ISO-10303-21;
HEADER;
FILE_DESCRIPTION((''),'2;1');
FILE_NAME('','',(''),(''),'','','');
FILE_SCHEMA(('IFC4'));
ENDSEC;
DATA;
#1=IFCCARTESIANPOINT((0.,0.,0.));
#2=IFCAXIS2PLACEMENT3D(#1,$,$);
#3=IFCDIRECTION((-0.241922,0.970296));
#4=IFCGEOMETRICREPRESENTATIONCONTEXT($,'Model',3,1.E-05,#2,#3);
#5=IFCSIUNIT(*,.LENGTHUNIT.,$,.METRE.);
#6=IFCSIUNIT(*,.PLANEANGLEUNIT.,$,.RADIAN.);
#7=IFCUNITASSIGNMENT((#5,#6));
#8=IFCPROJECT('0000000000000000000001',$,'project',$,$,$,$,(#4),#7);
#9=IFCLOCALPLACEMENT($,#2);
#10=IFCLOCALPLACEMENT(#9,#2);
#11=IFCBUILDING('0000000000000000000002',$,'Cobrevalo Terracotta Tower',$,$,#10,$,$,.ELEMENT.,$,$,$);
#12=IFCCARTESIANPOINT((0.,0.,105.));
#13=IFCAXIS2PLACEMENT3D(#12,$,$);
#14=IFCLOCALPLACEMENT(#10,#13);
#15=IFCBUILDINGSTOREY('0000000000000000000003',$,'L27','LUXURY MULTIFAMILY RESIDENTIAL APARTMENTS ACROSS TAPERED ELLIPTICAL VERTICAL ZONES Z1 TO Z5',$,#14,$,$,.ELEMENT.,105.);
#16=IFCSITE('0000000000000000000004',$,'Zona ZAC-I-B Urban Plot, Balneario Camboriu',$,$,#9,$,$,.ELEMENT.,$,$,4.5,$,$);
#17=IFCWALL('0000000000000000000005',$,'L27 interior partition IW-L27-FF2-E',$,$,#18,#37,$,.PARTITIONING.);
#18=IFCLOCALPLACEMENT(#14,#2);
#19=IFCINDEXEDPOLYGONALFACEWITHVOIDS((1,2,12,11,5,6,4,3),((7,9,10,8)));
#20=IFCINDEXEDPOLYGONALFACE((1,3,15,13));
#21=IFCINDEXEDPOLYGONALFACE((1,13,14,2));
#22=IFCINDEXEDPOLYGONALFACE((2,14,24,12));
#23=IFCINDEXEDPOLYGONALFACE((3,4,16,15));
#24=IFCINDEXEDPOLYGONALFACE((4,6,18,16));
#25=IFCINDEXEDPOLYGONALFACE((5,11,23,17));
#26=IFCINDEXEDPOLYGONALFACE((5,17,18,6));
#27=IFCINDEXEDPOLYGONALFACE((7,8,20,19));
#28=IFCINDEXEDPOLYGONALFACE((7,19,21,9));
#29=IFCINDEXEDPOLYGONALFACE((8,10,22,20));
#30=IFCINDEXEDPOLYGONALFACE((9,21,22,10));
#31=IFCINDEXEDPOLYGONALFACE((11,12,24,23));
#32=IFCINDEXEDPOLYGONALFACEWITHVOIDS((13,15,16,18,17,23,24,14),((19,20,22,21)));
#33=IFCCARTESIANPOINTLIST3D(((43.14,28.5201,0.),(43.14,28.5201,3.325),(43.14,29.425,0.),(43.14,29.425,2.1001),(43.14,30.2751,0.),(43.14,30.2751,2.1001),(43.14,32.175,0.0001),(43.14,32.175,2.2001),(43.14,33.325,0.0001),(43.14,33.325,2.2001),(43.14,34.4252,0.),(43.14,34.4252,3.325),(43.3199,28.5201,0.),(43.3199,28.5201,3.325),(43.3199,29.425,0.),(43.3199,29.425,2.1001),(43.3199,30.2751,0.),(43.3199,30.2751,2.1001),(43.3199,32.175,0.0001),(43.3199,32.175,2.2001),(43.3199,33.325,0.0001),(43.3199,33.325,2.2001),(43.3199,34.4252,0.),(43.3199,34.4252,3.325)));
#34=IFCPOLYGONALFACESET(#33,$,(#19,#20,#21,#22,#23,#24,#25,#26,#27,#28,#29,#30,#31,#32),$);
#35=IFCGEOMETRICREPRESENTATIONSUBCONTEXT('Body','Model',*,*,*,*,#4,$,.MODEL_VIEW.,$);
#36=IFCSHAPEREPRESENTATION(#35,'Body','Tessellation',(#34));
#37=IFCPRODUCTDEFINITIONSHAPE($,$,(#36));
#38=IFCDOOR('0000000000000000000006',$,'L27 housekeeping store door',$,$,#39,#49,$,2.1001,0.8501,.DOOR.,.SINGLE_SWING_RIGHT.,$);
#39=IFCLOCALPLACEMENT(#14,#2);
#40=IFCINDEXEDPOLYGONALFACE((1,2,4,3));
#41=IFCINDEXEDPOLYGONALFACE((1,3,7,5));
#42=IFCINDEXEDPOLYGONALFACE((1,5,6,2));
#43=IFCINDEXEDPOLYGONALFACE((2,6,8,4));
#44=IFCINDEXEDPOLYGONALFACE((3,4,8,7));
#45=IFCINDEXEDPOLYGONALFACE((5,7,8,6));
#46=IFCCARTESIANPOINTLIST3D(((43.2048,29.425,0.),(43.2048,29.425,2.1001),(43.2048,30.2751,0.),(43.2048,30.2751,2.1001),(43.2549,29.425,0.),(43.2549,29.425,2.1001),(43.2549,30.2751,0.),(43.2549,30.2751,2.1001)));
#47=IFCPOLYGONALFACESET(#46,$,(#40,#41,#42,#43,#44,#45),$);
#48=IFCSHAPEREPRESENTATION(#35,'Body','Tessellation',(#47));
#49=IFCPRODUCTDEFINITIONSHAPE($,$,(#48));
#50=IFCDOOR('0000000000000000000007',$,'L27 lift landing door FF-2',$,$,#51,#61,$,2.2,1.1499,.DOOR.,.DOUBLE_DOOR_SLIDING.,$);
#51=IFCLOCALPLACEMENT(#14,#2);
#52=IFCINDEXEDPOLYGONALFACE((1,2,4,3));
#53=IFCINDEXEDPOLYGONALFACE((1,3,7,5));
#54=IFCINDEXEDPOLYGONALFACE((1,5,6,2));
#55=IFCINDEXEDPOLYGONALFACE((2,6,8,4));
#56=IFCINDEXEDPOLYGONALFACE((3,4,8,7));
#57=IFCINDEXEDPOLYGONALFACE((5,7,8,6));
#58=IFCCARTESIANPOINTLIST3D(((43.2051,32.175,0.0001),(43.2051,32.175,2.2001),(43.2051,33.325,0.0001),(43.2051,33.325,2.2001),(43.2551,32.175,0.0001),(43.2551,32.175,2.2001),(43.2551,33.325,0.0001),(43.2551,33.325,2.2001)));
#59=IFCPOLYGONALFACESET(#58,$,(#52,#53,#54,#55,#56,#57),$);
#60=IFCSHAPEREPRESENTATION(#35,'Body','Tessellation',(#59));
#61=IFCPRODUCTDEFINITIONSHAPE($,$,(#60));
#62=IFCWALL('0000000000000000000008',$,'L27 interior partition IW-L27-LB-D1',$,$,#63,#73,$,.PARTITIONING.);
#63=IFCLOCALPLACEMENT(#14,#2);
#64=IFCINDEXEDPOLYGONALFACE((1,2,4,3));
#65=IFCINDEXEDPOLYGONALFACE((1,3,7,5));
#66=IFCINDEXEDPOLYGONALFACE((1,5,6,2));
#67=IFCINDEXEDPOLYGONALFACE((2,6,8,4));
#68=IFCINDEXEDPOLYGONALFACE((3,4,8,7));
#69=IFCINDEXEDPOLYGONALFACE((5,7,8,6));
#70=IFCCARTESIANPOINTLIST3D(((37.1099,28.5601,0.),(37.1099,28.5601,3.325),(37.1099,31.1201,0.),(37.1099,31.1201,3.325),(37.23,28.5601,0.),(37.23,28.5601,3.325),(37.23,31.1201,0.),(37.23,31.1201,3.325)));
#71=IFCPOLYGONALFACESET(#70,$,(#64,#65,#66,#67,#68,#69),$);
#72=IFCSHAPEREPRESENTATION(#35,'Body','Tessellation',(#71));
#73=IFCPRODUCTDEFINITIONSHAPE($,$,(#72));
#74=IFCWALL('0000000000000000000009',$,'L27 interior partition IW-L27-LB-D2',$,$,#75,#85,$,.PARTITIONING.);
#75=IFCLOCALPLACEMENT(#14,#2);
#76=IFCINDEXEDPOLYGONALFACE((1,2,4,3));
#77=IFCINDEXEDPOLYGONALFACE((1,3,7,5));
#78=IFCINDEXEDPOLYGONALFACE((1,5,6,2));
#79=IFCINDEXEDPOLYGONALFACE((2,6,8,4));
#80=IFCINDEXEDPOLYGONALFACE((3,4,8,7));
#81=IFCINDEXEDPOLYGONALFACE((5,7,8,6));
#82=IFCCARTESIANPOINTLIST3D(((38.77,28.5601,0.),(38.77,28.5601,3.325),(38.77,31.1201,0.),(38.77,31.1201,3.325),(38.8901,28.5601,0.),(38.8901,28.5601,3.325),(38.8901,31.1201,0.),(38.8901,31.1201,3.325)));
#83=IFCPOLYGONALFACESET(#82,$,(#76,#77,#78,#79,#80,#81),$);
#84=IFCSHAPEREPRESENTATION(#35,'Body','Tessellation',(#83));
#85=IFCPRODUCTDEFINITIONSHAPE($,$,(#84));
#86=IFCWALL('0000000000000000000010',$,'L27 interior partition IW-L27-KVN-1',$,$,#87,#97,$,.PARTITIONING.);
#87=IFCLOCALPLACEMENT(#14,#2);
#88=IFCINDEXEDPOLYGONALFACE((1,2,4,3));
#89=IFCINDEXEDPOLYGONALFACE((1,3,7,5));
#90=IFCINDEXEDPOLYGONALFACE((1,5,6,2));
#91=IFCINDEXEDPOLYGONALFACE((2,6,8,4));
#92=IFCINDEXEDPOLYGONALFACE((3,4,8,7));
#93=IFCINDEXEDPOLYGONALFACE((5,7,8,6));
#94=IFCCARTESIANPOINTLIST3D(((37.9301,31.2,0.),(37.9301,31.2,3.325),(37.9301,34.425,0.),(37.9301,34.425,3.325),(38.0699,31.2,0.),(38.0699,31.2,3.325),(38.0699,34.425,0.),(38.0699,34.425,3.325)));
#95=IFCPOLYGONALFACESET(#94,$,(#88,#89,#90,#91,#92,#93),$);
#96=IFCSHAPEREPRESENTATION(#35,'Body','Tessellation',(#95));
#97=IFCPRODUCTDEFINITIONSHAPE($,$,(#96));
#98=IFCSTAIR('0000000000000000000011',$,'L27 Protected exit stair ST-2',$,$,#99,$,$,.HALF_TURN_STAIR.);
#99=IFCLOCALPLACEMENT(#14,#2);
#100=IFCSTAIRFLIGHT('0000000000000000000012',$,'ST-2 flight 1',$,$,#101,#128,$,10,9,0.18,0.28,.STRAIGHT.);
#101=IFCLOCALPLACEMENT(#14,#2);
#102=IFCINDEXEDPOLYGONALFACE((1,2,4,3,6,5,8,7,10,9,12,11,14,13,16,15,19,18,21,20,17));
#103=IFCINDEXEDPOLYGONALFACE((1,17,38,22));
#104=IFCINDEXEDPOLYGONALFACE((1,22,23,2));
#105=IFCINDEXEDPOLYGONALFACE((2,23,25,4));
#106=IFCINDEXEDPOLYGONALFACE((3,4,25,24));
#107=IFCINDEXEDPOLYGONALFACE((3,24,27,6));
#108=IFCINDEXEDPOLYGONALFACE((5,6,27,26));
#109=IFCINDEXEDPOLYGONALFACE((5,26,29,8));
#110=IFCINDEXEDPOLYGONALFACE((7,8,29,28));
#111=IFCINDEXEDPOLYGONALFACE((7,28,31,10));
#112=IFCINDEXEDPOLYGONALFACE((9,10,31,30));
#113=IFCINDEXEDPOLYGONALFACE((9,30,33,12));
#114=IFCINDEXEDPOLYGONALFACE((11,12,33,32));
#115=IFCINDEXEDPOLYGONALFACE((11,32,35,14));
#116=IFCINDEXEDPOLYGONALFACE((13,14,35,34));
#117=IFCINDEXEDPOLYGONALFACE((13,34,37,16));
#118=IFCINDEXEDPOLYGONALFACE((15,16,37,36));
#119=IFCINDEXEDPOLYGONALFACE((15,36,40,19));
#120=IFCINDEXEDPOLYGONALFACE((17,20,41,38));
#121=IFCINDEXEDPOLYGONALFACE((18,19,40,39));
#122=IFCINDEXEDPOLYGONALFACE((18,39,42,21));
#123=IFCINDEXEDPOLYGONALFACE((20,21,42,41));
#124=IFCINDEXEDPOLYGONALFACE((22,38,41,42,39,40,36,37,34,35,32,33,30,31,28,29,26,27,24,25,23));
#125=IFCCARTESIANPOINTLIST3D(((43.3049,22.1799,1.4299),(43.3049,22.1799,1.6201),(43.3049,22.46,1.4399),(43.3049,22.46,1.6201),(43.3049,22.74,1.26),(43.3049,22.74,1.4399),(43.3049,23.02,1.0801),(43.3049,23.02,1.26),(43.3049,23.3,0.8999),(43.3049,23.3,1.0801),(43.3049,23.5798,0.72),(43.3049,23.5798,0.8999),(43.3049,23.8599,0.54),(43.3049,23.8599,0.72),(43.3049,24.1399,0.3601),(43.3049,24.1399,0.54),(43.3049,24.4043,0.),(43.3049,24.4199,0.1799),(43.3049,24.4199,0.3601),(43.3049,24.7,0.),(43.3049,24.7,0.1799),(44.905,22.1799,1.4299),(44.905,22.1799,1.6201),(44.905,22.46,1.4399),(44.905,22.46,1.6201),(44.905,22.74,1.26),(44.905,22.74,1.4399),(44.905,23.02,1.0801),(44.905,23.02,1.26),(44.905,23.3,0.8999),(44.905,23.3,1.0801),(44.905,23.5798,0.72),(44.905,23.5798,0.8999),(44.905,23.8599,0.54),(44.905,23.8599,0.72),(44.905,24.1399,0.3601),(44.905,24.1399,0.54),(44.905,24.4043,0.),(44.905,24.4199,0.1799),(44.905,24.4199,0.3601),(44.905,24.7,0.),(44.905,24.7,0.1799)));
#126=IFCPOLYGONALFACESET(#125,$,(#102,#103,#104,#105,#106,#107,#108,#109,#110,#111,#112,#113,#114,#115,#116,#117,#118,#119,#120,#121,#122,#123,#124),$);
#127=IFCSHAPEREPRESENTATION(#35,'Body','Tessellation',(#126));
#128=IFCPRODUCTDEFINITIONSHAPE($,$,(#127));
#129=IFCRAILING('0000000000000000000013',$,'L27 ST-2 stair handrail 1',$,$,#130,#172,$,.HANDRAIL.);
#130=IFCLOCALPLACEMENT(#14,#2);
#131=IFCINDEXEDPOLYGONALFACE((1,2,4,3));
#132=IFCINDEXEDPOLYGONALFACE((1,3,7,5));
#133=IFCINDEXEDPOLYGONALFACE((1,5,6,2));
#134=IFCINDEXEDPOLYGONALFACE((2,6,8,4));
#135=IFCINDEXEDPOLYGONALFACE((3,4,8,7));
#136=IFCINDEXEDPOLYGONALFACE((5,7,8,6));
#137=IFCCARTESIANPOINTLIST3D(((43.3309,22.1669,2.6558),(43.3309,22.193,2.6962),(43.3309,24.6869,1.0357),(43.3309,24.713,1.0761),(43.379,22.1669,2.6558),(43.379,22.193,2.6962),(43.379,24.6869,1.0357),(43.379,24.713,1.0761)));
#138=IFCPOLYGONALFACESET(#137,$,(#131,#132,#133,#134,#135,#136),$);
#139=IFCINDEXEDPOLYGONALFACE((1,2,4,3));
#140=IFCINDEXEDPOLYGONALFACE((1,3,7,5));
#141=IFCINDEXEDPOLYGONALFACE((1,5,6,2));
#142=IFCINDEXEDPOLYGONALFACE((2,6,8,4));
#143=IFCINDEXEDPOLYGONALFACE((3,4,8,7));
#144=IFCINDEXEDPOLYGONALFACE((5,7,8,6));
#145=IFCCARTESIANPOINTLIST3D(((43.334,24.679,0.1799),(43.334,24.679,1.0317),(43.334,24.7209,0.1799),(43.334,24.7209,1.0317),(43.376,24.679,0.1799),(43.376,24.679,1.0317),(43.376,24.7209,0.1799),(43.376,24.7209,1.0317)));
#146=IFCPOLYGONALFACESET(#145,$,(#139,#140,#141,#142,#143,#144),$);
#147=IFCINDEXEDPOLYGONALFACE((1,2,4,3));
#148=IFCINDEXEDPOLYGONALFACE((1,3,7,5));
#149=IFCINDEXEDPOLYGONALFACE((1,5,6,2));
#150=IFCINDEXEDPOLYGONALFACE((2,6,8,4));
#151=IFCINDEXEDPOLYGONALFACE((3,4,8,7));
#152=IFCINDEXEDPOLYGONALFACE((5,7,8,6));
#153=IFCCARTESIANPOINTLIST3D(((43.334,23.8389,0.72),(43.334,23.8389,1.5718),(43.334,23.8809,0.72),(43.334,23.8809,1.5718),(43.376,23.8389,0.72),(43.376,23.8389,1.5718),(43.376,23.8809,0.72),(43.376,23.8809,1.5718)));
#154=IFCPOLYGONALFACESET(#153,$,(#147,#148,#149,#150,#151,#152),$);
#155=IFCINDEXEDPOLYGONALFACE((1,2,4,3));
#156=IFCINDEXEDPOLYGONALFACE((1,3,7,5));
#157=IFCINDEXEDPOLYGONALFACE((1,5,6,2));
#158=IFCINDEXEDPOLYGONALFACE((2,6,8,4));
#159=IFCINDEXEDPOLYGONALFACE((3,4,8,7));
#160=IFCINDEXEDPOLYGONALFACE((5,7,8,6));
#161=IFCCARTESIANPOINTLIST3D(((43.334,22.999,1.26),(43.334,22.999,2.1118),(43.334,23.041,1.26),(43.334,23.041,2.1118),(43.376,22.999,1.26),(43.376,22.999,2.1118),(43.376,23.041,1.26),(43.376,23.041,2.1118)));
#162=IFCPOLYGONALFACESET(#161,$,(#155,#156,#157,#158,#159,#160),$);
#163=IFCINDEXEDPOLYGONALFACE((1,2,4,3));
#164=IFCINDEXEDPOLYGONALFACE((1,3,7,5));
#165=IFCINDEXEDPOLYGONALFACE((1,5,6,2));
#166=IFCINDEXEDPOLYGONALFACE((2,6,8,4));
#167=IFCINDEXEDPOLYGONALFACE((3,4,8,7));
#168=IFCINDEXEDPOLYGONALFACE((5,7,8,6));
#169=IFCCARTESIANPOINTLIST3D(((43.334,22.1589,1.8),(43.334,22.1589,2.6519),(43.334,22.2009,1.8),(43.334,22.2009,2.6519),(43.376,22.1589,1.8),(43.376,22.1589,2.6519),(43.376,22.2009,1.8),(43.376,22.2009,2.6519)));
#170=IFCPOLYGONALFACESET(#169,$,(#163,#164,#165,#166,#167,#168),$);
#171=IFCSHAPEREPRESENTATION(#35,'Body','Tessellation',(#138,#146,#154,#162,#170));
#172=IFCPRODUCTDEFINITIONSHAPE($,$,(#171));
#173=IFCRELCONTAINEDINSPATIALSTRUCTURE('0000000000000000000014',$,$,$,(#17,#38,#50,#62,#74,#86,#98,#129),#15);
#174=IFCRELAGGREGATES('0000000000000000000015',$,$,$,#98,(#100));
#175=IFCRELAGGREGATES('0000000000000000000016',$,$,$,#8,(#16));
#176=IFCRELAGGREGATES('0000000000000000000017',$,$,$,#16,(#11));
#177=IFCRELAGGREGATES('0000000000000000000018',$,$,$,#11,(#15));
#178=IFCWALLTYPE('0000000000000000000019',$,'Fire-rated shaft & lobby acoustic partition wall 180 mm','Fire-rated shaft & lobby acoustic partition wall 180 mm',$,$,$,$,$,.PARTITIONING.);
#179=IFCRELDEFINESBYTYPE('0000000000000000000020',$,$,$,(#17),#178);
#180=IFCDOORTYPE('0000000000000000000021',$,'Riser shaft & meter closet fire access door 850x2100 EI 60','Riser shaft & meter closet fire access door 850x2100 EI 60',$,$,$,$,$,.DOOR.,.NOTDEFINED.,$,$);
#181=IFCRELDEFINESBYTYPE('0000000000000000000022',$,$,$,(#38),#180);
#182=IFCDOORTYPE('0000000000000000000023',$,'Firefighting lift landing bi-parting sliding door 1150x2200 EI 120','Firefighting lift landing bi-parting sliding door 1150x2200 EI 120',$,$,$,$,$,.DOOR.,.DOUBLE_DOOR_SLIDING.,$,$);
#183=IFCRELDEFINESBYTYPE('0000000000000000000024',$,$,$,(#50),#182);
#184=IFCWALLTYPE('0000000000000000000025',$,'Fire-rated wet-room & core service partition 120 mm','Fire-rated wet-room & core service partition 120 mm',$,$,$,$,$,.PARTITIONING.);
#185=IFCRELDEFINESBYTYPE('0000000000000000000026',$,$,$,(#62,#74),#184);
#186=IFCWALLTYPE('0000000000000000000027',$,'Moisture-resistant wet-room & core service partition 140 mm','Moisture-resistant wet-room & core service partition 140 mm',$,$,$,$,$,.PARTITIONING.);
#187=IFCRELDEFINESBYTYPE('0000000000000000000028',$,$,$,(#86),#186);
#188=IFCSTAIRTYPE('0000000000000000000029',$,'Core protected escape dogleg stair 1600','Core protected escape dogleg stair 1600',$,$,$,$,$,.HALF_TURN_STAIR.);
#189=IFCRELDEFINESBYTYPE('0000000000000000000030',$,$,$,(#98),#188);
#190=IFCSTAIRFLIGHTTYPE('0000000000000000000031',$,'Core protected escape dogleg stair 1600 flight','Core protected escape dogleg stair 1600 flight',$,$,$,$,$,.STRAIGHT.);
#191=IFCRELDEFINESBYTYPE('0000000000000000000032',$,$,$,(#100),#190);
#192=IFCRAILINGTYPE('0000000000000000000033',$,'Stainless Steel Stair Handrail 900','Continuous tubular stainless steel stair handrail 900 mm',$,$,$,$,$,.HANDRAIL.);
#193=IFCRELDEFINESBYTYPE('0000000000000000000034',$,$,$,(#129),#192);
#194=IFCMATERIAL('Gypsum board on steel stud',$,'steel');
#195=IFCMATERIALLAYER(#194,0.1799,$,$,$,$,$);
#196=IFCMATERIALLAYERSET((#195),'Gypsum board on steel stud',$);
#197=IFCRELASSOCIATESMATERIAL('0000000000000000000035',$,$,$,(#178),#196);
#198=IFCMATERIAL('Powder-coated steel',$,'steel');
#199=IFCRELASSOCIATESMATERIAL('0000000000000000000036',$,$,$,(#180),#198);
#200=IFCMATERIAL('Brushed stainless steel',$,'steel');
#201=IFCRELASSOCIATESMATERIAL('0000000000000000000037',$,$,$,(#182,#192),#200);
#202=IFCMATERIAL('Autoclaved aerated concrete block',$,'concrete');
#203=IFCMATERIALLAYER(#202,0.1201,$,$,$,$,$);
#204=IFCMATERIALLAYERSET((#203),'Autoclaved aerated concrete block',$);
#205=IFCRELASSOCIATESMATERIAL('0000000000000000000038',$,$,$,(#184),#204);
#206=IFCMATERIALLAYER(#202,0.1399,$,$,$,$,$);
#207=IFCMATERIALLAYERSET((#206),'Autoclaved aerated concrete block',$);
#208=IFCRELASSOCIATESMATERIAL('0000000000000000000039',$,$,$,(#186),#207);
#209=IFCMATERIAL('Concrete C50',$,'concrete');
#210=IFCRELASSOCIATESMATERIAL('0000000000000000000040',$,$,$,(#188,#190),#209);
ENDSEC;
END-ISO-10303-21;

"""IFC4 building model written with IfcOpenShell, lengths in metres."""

from ifc_helpers import new_model, si_unit, direction, frame, frame_2d, origin, origin_2d, place, context, subcontext, project, spatial, polyline, rectangle, outline, extrude, source, transform, mapped, material, layer, layer_set, type_object, element, fill, aggregate, save


model = new_model("IFC4")

# Units and contexts
model_context = context("Model", 3, precision=1e-05, world=origin(), true_north=direction((-0.241922, 0.970296)))
body_context = subcontext(model_context, "Body", "Model", "MODEL_VIEW")
ifc_project = project(units=[si_unit("LENGTHUNIT", "METRE"), si_unit("PLANEANGLEUNIT", "RADIAN")], contexts=[model_context])

# Site, building, storey
site_placement = place(None, origin())
site = spatial("IfcSite", under=ifc_project, at=site_placement, Name="Zona ZAC-I-B Urban Plot, Balneario Camboriu", CompositionType="ELEMENT", RefElevation=4.5)
building_placement = place(site_placement, origin())
building = spatial("IfcBuilding", under=site, at=building_placement, Name="Cobrevalo Terracotta Tower", CompositionType="ELEMENT")
storey_placement = place(building_placement, frame((0.0, 0.0, 105.0)))
storey = spatial("IfcBuildingStorey", under=building, at=storey_placement, Name="L27", Description="LUXURY MULTIFAMILY RESIDENTIAL APARTMENTS ACROSS TAPERED ELLIPTICAL VERTICAL ZONES Z1 TO Z5", CompositionType="ELEMENT", Elevation=105.0)

# Shared definitions
ifc_material_1 = material(Name="Gypsum board on steel stud", Category="steel")

# Shared definitions
ifc_material_2 = material(Name="Brushed stainless steel", Category="steel")

# Shared definitions
ifc_layer_1 = layer(ifc_material_1, 0.1799)
ifc_layer_set_1 = layer_set([ifc_layer_1], Name="Gypsum board on steel stud")
wall_type_1 = type_object("IfcWallType", Name="Fire-rated shaft & lobby acoustic partition wall 180 mm", Description="Fire-rated shaft & lobby acoustic partition wall 180 mm", PredefinedType="PARTITIONING", material=ifc_layer_set_1)
ifc_material_3 = material(Name="Powder-coated steel", Category="steel")
door_type_1 = type_object("IfcDoorType", Name="Riser shaft & meter closet fire access door 850x2100 EI 60", Description="Riser shaft & meter closet fire access door 850x2100 EI 60", OperationType="NOTDEFINED", PredefinedType="DOOR", material=ifc_material_3)
shared_shape_1 = source(origin(), body_context, "Body", "SweptSolid", [
    extrude(rectangle(XDim=0.8501, YDim=2.1001, at=frame_2d((0.425, 1.05))), frame((0.0, 0.0249, 0.0), z_axis=(0.0, -1.0, 0.0), x_axis=(1.0, 0.0, 0.0)), (0.0, 0.0, 1.0), 0.05),
])

# Wall, openings, doors
wall_1_placement = place(storey_placement, frame((43.23, 28.52, 0.0), z_axis=(0.0, 0.0, 1.0), x_axis=(0.0, 1.0, 0.0)))
wall_1 = element("IfcWall", 1, at=wall_1_placement, inside=storey, type_object=wall_type_1, Name="L27 interior partition IW-L27-FF2-E", PredefinedType="PARTITIONING", context=body_context, shape_type="SweptSolid", body=[
    extrude(rectangle(XDim=5.905, YDim=0.1799, at=frame_2d((2.9526, 0.0))), origin(), (0.0, 0.0, 1.0), 3.325),
])
opening_1_placement = place(wall_1_placement, frame((0.905, 0.0, 0.0)))
opening_1 = element("IfcOpeningElement", 2, at=opening_1_placement, cuts=wall_1, PredefinedType="OPENING", context=body_context, shape_type="SweptSolid", body=[
    extrude(rectangle(XDim=0.8501, YDim=2.1001, at=frame_2d((0.425, 1.05))), frame((0.0, 0.1001, 0.0), z_axis=(0.0, -1.0, 0.0), x_axis=(1.0, 0.0, 0.0)), (0.0, 0.0, 1.0), 0.2),
])
opening_2_placement = place(wall_1_placement, frame((3.655, 0.0, 0.0)))
opening_2 = element("IfcOpeningElement", 3, at=opening_2_placement, cuts=wall_1, PredefinedType="OPENING", context=body_context, shape_type="SweptSolid", body=[
    extrude(rectangle(XDim=1.1499, YDim=2.2, at=frame_2d((0.575, 1.1001))), frame((0.0, 0.1001, 0.0), z_axis=(0.0, -1.0, 0.0), x_axis=(1.0, 0.0, 0.0)), (0.0, 0.0, 1.0), 0.2),
])
door_1_placement = place(opening_1_placement, frame((0.8501, 0.0, 0.0), z_axis=(0.0, 0.0, 1.0), x_axis=(-1.0, 0.0, 0.0)))
door_1 = element("IfcDoor", 4, at=door_1_placement, inside=storey, type_object=door_type_1, Name="L27 housekeeping store door", OperationType="SINGLE_SWING_RIGHT", OverallHeight=2.1001, OverallWidth=0.8501, PredefinedType="DOOR", context=body_context, shape_type="MappedRepresentation", body=[
    mapped(shared_shape_1, transform((0.0, 0.0, 0.0), scale=1.0)),
])
fill(opening_1, door_1)
door_type_2 = type_object("IfcDoorType", Name="Firefighting lift landing bi-parting sliding door 1150x2200 EI 120", Description="Firefighting lift landing bi-parting sliding door 1150x2200 EI 120", OperationType="DOUBLE_DOOR_SLIDING", PredefinedType="DOOR", material=ifc_material_2)
shared_shape_2 = source(origin(), body_context, "Body", "SweptSolid", [
    extrude(rectangle(XDim=1.1499, YDim=2.2, at=frame_2d((0.575, 1.1001))), frame((0.0, 0.0249, 0.0), z_axis=(0.0, -1.0, 0.0), x_axis=(1.0, 0.0, 0.0)), (0.0, 0.0, 1.0), 0.05),
])
door_2_placement = place(opening_2_placement, origin())
door_2 = element("IfcDoor", 5, at=door_2_placement, inside=storey, type_object=door_type_2, Name="L27 lift landing door FF-2", OperationType="DOUBLE_DOOR_SLIDING", OverallHeight=2.2, OverallWidth=1.1499, PredefinedType="DOOR", context=body_context, shape_type="MappedRepresentation", body=[
    mapped(shared_shape_2, transform((0.0, 0.0, 0.0), scale=1.0)),
])
fill(opening_2, door_2)

# Walls
ifc_material_4 = material(Name="Autoclaved aerated concrete block", Category="concrete")
ifc_layer_2 = layer(ifc_material_4, 0.1201)
ifc_layer_set_2 = layer_set([ifc_layer_2], Name="Autoclaved aerated concrete block")
wall_type_2 = type_object("IfcWallType", Name="Fire-rated wet-room & core service partition 120 mm", Description="Fire-rated wet-room & core service partition 120 mm", PredefinedType="PARTITIONING", material=ifc_layer_set_2)
for number, where, z_axis, x_axis, name in (
    (6, (37.1699, 28.5601, 0.0), (0.0, 0.0, 1.0), (0.0, 1.0, 0.0), "L27 interior partition IW-L27-LB-D1"),
    (7, (38.8301, 28.5601, 0.0), (0.0, 0.0, 1.0), (0.0, 1.0, 0.0), "L27 interior partition IW-L27-LB-D2"),
):
    element("IfcWall", number, at=place(storey_placement, frame(where, z_axis=z_axis, x_axis=x_axis)), inside=storey, type_object=wall_type_2, Name=name, PredefinedType="PARTITIONING", context=body_context, shape_type="SweptSolid", body=[
        extrude(rectangle(XDim=2.5601, YDim=0.1201, at=frame_2d((1.28, 0.0))), origin(), (0.0, 0.0, 1.0), 3.325),
    ])
ifc_layer_3 = layer(ifc_material_4, 0.1399)
ifc_layer_set_3 = layer_set([ifc_layer_3], Name="Autoclaved aerated concrete block")
wall_type_3 = type_object("IfcWallType", Name="Moisture-resistant wet-room & core service partition 140 mm", Description="Moisture-resistant wet-room & core service partition 140 mm", PredefinedType="PARTITIONING", material=ifc_layer_set_3)
wall_2_placement = place(storey_placement, frame((38.0, 31.2, 0.0), z_axis=(0.0, 0.0, 1.0), x_axis=(0.0, 1.0, 0.0)))
element("IfcWall", 8, at=wall_2_placement, inside=storey, type_object=wall_type_3, Name="L27 interior partition IW-L27-KVN-1", PredefinedType="PARTITIONING", context=body_context, shape_type="SweptSolid", body=[
    extrude(rectangle(XDim=3.2251, YDim=0.1399, at=frame_2d((1.6125, 0.0))), origin(), (0.0, 0.0, 1.0), 3.325),
])

# Shared definitions
ifc_material_5 = material(Name="Concrete C50", Category="concrete")

# Stair, stair flight
stair_type = type_object("IfcStairType", Name="Core protected escape dogleg stair 1600", Description="Core protected escape dogleg stair 1600", PredefinedType="HALF_TURN_STAIR", material=ifc_material_5)
stair_placement = place(storey_placement, origin())
stair = element("IfcStair", 9, at=stair_placement, inside=storey, type_object=stair_type, Name="L27 Protected exit stair ST-2", PredefinedType="HALF_TURN_STAIR")
stair_flight_type = type_object("IfcStairFlightType", Name="Core protected escape dogleg stair 1600 flight", Description="Core protected escape dogleg stair 1600 flight", PredefinedType="STRAIGHT", material=ifc_material_5)
stair_flight_placement = place(storey_placement, frame((44.105, 24.7, 0.0), z_axis=(0.0, 0.0, 1.0), x_axis=(0.0, -1.0, 0.0)))
stair_flight = element("IfcStairFlight", 10, at=stair_flight_placement, type_object=stair_flight_type, Name="ST-2 flight 1", NumberOfRisers=10, NumberOfTreads=9, PredefinedType="STRAIGHT", RiserHeight=0.18, TreadLength=0.28, context=body_context, shape_type="SweptSolid", body=[
    extrude(outline(polyline([(0.0, 0.0), (0.0, 0.1799), (0.28, 0.1799), (0.28, 0.3601), (0.5601, 0.3601), (0.5601, 0.54), (0.8401, 0.54), (0.8401, 0.72), (1.1201, 0.72), (1.1201, 0.8999), (1.3999, 0.8999), (1.3999, 1.0801), (1.6799, 1.0801), (1.6799, 1.26), (1.96, 1.26), (1.96, 1.4399), (2.24, 1.4399), (2.24, 1.6201), (2.52, 1.6201), (2.52, 1.8), (2.52, 1.4299), (0.2957, 0.0), (0.0, 0.0)])), frame((0.0, 0.8, 0.0), z_axis=(0.0, -1.0, 0.0), x_axis=(1.0, 0.0, 0.0)), (0.0, 0.0, 1.0), 1.6001),
])
aggregate(stair, [stair_flight])

# Railing
railing_type_1 = type_object("IfcRailingType", Name="Stainless Steel Stair Handrail 900", Description="Continuous tubular stainless steel stair handrail 900 mm", PredefinedType="HANDRAIL", material=ifc_material_2)
railing_1_placement = place(storey_placement, frame((43.355, 24.7, 0.1799)))
element("IfcRailing", 11, at=railing_1_placement, inside=storey, type_object=railing_type_1, Name="L27 ST-2 stair handrail 1", PredefinedType="HANDRAIL", context=body_context, shape_type="SweptSolid", body=[
    extrude(rectangle(XDim=0.0481, YDim=0.0481, at=origin_2d()), frame((0.0, 0.0, 0.876), z_axis=(0.0, -0.841163, 0.540782), x_axis=(1.0, 0.0, 0.0)), (0.0, 0.0, 1.0), 2.9958),
    extrude(rectangle(XDim=0.042, YDim=0.042, at=origin_2d()), origin(), (0.0, 0.0, 1.0), 0.8518),
    extrude(rectangle(XDim=0.042, YDim=0.042, at=origin_2d()), frame((0.0, -0.8401, 0.54)), (0.0, 0.0, 1.0), 0.8518),
    extrude(rectangle(XDim=0.042, YDim=0.042, at=origin_2d()), frame((0.0, -1.6799, 1.0801)), (0.0, 0.0, 1.0), 0.8518),
    extrude(rectangle(XDim=0.042, YDim=0.042, at=origin_2d()), frame((0.0, -2.52, 1.6201)), (0.0, 0.0, 1.0), 0.8518),
])

save(model, "model.ifc")
